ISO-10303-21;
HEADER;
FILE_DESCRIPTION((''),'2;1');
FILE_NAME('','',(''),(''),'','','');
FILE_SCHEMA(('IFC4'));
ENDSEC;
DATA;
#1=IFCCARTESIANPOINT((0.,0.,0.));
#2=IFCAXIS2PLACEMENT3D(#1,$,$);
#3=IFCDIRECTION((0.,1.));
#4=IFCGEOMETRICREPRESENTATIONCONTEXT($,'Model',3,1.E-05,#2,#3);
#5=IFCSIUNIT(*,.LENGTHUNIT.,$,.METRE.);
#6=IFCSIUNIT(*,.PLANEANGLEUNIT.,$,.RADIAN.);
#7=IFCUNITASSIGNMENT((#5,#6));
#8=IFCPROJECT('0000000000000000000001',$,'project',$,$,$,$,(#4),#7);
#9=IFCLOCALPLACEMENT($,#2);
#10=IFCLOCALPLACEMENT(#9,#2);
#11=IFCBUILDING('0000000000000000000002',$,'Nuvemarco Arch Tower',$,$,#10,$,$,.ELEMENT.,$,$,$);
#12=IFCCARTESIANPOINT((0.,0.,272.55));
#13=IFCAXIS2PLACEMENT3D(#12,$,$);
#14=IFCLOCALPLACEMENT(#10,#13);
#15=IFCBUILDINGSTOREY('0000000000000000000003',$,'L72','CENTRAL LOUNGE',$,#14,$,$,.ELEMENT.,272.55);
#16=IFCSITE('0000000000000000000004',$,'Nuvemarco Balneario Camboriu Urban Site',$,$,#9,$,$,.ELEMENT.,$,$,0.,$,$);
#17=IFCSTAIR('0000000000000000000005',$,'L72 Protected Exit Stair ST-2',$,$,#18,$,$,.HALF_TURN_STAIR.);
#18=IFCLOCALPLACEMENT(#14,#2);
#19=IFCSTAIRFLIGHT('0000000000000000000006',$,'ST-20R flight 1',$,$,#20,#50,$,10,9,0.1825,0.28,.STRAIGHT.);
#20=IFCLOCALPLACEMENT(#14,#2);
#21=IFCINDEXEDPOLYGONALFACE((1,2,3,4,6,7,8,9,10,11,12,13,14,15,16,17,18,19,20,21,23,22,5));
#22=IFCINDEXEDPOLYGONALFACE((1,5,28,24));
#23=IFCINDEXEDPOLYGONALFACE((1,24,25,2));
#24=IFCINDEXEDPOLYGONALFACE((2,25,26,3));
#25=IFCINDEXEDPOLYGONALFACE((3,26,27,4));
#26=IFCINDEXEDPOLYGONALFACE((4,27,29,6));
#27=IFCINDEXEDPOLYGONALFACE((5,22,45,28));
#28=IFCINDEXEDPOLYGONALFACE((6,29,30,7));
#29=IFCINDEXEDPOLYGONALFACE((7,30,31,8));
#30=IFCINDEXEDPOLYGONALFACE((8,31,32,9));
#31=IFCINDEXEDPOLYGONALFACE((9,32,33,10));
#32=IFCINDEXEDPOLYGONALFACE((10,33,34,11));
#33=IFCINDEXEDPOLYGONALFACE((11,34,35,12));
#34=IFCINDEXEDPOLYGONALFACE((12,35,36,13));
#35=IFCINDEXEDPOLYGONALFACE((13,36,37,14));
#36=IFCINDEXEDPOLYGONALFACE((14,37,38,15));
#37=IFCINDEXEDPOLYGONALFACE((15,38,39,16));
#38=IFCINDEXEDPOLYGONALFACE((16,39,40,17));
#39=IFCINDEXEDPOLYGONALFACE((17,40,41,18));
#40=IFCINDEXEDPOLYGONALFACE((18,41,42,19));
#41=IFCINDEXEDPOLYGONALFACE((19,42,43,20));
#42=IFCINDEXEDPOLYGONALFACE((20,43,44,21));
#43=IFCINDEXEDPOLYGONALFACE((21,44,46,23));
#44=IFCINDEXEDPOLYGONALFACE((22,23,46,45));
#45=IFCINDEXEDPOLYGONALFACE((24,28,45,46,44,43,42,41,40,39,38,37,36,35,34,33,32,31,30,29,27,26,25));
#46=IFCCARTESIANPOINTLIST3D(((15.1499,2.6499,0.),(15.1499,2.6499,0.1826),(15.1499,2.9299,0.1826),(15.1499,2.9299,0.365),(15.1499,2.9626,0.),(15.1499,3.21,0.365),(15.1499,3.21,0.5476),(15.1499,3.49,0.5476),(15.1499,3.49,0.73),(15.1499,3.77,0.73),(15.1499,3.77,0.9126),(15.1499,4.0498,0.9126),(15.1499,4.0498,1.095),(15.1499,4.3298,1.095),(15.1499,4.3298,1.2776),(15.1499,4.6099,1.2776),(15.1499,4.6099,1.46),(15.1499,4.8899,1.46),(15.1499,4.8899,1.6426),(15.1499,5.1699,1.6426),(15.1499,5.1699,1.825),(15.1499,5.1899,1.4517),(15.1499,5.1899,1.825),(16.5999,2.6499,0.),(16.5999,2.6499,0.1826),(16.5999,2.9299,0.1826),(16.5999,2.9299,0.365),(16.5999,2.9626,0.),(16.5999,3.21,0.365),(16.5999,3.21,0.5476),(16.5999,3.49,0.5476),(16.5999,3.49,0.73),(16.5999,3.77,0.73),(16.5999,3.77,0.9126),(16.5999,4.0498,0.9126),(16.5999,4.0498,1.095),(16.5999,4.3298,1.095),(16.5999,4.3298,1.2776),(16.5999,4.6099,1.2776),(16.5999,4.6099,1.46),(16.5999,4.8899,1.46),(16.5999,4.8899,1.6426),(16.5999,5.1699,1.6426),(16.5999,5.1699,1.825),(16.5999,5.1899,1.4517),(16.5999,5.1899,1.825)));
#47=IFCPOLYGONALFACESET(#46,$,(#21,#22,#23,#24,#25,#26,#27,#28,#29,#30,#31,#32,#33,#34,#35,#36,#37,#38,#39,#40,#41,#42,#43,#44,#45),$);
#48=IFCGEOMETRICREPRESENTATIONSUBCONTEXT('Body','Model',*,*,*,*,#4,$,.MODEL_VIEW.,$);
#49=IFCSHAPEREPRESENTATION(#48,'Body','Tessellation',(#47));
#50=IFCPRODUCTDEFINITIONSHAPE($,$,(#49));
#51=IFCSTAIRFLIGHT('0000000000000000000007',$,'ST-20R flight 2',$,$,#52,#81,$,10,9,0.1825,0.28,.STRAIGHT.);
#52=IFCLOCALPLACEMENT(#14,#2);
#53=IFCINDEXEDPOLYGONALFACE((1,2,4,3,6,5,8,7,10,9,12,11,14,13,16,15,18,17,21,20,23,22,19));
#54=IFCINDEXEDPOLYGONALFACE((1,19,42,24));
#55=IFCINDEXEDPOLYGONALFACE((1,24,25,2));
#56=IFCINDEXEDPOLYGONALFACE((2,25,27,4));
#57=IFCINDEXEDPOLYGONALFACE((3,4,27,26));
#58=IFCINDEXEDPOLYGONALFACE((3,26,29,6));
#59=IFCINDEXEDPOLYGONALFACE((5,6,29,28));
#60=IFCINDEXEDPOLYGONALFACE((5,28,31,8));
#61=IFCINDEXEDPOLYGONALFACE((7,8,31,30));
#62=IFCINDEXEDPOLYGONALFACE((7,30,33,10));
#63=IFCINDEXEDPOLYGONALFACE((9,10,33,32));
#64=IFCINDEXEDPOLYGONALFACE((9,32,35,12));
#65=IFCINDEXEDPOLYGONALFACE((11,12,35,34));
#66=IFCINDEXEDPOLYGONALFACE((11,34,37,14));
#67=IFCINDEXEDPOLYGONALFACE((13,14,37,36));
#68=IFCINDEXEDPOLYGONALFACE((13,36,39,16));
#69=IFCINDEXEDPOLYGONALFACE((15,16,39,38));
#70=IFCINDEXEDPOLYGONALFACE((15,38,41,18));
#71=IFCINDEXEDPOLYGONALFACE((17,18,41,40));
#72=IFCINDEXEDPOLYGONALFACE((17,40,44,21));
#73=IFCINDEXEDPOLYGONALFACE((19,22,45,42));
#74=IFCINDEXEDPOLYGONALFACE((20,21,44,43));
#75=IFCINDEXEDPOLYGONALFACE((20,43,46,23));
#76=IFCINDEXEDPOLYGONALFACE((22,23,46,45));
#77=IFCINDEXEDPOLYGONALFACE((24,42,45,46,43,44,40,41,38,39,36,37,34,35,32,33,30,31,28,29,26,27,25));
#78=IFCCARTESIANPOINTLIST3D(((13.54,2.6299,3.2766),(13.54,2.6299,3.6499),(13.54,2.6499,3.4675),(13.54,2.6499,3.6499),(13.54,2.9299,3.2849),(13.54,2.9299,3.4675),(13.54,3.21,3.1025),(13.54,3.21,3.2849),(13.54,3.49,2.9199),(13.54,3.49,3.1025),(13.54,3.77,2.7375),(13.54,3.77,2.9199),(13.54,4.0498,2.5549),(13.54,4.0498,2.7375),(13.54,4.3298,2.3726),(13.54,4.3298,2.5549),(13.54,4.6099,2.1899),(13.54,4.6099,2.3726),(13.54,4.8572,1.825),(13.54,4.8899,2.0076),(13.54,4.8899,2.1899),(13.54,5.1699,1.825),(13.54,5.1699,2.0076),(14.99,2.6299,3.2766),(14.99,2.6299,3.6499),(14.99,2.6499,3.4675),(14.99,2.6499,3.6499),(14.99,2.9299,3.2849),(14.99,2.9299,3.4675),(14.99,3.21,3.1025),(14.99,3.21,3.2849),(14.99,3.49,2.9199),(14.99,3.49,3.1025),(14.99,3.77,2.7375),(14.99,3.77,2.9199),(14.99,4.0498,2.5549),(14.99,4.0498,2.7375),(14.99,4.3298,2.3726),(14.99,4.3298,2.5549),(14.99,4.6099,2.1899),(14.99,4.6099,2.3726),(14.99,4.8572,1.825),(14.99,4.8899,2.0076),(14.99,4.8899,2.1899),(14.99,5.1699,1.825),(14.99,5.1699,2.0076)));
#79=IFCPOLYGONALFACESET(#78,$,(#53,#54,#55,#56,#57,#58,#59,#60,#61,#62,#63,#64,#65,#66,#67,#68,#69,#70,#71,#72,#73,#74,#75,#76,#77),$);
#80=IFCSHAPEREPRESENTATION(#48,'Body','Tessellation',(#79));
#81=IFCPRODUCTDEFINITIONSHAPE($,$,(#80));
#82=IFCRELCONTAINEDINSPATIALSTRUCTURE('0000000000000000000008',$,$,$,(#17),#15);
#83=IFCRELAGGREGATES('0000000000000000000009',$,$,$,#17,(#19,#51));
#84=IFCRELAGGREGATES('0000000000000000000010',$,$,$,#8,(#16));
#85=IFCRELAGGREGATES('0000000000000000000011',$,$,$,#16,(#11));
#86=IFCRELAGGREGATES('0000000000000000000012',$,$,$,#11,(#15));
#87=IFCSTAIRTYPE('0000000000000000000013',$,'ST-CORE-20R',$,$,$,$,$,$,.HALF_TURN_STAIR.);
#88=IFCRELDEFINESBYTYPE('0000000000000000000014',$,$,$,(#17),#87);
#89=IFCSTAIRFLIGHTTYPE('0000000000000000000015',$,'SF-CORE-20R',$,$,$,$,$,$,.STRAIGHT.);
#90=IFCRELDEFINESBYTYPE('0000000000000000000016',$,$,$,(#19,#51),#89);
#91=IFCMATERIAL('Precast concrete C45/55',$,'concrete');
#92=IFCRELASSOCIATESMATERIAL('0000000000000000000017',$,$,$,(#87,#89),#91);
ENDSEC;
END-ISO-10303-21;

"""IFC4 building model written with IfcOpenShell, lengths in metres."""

from ifc_helpers import new_model, si_unit, direction, frame, origin, place, context, subcontext, project, spatial, polyline, outline, extrude, material, type_object, element, aggregate, save


model = new_model("IFC4")

# Units and contexts
model_context = context("Model", 3, precision=1e-05, world=origin(), true_north=direction((0.0, 1.0)))
body_context = subcontext(model_context, "Body", "Model", "MODEL_VIEW")
ifc_project = project(units=[si_unit("LENGTHUNIT", "METRE"), si_unit("PLANEANGLEUNIT", "RADIAN")], contexts=[model_context])

# Site, building, storey
site_placement = place(None, origin())
site = spatial("IfcSite", under=ifc_project, at=site_placement, Name="Nuvemarco Balneario Camboriu Urban Site", CompositionType="ELEMENT", RefElevation=0.0)
building_placement = place(site_placement, origin())
building = spatial("IfcBuilding", under=site, at=building_placement, Name="Nuvemarco Arch Tower", CompositionType="ELEMENT")
storey_placement = place(building_placement, frame((0.0, 0.0, 272.55)))
storey = spatial("IfcBuildingStorey", under=building, at=storey_placement, Name="L72", Description="CENTRAL LOUNGE", CompositionType="ELEMENT", Elevation=272.55)

# Shared definitions
ifc_material_1 = material(Name="Precast concrete C45/55", Category="concrete")

# Stair, stair flights
stair_type = type_object("IfcStairType", Name="ST-CORE-20R", PredefinedType="HALF_TURN_STAIR", material=ifc_material_1)
stair_placement = place(storey_placement, origin())
stair = element("IfcStair", 1, at=stair_placement, inside=storey, type_object=stair_type, Name="L72 Protected Exit Stair ST-2", PredefinedType="HALF_TURN_STAIR")
stair_flight_type = type_object("IfcStairFlightType", Name="SF-CORE-20R", PredefinedType="STRAIGHT", material=ifc_material_1)
stair_flight_1_placement = place(storey_placement, frame((15.875, 2.6499, 0.0), z_axis=(0.0, 0.0, 1.0), x_axis=(0.0, 1.0, 0.0)))
stair_flight_1 = element("IfcStairFlight", 2, at=stair_flight_1_placement, type_object=stair_flight_type, Name="ST-20R flight 1", NumberOfRisers=10, NumberOfTreads=9, PredefinedType="STRAIGHT", RiserHeight=0.1825, TreadLength=0.28, context=body_context, shape_type="SweptSolid", body=[
    extrude(outline(polyline([(0.0, 0.0), (0.0, 0.1826), (0.28, 0.1826), (0.28, 0.365), (0.5601, 0.365), (0.5601, 0.5476), (0.8401, 0.5476), (0.8401, 0.73), (1.1201, 0.73), (1.1201, 0.9126), (1.3999, 0.9126), (1.3999, 1.095), (1.6799, 1.095), (1.6799, 1.2776), (1.96, 1.2776), (1.96, 1.46), (2.24, 1.46), (2.24, 1.6426), (2.52, 1.6426), (2.52, 1.825), (2.54, 1.825), (2.54, 1.4517), (0.3127, 0.0), (0.0, 0.0)])), frame((0.0, 0.7251, 0.0), z_axis=(0.0, -1.0, 0.0), x_axis=(1.0, 0.0, 0.0)), (0.0, 0.0, 1.0), 1.45),
])
stair_flight_2_placement = place(storey_placement, frame((14.2649, 5.1699, 1.825), z_axis=(0.0, 0.0, 1.0), x_axis=(0.0, -1.0, 0.0)))
stair_flight_2 = element("IfcStairFlight", 3, at=stair_flight_2_placement, type_object=stair_flight_type, Name="ST-20R flight 2", NumberOfRisers=10, NumberOfTreads=9, PredefinedType="STRAIGHT", RiserHeight=0.1825, TreadLength=0.28, context=body_context, shape_type="SweptSolid", body=[
    extrude(outline(polyline([(0.0, 0.0), (0.0, 0.1826), (0.28, 0.1826), (0.28, 0.365), (0.5601, 0.365), (0.5601, 0.5476), (0.8401, 0.5476), (0.8401, 0.73), (1.1201, 0.73), (1.1201, 0.9126), (1.3999, 0.9126), (1.3999, 1.095), (1.6799, 1.095), (1.6799, 1.2776), (1.96, 1.2776), (1.96, 1.46), (2.24, 1.46), (2.24, 1.6426), (2.52, 1.6426), (2.52, 1.825), (2.54, 1.825), (2.54, 1.4517), (0.3127, 0.0), (0.0, 0.0)])), frame((0.0, 0.7251, 0.0), z_axis=(0.0, -1.0, 0.0), x_axis=(1.0, 0.0, 0.0)), (0.0, 0.0, 1.0), 1.45),
])
aggregate(stair, [stair_flight_1, stair_flight_2])

save(model, "model.ifc")
